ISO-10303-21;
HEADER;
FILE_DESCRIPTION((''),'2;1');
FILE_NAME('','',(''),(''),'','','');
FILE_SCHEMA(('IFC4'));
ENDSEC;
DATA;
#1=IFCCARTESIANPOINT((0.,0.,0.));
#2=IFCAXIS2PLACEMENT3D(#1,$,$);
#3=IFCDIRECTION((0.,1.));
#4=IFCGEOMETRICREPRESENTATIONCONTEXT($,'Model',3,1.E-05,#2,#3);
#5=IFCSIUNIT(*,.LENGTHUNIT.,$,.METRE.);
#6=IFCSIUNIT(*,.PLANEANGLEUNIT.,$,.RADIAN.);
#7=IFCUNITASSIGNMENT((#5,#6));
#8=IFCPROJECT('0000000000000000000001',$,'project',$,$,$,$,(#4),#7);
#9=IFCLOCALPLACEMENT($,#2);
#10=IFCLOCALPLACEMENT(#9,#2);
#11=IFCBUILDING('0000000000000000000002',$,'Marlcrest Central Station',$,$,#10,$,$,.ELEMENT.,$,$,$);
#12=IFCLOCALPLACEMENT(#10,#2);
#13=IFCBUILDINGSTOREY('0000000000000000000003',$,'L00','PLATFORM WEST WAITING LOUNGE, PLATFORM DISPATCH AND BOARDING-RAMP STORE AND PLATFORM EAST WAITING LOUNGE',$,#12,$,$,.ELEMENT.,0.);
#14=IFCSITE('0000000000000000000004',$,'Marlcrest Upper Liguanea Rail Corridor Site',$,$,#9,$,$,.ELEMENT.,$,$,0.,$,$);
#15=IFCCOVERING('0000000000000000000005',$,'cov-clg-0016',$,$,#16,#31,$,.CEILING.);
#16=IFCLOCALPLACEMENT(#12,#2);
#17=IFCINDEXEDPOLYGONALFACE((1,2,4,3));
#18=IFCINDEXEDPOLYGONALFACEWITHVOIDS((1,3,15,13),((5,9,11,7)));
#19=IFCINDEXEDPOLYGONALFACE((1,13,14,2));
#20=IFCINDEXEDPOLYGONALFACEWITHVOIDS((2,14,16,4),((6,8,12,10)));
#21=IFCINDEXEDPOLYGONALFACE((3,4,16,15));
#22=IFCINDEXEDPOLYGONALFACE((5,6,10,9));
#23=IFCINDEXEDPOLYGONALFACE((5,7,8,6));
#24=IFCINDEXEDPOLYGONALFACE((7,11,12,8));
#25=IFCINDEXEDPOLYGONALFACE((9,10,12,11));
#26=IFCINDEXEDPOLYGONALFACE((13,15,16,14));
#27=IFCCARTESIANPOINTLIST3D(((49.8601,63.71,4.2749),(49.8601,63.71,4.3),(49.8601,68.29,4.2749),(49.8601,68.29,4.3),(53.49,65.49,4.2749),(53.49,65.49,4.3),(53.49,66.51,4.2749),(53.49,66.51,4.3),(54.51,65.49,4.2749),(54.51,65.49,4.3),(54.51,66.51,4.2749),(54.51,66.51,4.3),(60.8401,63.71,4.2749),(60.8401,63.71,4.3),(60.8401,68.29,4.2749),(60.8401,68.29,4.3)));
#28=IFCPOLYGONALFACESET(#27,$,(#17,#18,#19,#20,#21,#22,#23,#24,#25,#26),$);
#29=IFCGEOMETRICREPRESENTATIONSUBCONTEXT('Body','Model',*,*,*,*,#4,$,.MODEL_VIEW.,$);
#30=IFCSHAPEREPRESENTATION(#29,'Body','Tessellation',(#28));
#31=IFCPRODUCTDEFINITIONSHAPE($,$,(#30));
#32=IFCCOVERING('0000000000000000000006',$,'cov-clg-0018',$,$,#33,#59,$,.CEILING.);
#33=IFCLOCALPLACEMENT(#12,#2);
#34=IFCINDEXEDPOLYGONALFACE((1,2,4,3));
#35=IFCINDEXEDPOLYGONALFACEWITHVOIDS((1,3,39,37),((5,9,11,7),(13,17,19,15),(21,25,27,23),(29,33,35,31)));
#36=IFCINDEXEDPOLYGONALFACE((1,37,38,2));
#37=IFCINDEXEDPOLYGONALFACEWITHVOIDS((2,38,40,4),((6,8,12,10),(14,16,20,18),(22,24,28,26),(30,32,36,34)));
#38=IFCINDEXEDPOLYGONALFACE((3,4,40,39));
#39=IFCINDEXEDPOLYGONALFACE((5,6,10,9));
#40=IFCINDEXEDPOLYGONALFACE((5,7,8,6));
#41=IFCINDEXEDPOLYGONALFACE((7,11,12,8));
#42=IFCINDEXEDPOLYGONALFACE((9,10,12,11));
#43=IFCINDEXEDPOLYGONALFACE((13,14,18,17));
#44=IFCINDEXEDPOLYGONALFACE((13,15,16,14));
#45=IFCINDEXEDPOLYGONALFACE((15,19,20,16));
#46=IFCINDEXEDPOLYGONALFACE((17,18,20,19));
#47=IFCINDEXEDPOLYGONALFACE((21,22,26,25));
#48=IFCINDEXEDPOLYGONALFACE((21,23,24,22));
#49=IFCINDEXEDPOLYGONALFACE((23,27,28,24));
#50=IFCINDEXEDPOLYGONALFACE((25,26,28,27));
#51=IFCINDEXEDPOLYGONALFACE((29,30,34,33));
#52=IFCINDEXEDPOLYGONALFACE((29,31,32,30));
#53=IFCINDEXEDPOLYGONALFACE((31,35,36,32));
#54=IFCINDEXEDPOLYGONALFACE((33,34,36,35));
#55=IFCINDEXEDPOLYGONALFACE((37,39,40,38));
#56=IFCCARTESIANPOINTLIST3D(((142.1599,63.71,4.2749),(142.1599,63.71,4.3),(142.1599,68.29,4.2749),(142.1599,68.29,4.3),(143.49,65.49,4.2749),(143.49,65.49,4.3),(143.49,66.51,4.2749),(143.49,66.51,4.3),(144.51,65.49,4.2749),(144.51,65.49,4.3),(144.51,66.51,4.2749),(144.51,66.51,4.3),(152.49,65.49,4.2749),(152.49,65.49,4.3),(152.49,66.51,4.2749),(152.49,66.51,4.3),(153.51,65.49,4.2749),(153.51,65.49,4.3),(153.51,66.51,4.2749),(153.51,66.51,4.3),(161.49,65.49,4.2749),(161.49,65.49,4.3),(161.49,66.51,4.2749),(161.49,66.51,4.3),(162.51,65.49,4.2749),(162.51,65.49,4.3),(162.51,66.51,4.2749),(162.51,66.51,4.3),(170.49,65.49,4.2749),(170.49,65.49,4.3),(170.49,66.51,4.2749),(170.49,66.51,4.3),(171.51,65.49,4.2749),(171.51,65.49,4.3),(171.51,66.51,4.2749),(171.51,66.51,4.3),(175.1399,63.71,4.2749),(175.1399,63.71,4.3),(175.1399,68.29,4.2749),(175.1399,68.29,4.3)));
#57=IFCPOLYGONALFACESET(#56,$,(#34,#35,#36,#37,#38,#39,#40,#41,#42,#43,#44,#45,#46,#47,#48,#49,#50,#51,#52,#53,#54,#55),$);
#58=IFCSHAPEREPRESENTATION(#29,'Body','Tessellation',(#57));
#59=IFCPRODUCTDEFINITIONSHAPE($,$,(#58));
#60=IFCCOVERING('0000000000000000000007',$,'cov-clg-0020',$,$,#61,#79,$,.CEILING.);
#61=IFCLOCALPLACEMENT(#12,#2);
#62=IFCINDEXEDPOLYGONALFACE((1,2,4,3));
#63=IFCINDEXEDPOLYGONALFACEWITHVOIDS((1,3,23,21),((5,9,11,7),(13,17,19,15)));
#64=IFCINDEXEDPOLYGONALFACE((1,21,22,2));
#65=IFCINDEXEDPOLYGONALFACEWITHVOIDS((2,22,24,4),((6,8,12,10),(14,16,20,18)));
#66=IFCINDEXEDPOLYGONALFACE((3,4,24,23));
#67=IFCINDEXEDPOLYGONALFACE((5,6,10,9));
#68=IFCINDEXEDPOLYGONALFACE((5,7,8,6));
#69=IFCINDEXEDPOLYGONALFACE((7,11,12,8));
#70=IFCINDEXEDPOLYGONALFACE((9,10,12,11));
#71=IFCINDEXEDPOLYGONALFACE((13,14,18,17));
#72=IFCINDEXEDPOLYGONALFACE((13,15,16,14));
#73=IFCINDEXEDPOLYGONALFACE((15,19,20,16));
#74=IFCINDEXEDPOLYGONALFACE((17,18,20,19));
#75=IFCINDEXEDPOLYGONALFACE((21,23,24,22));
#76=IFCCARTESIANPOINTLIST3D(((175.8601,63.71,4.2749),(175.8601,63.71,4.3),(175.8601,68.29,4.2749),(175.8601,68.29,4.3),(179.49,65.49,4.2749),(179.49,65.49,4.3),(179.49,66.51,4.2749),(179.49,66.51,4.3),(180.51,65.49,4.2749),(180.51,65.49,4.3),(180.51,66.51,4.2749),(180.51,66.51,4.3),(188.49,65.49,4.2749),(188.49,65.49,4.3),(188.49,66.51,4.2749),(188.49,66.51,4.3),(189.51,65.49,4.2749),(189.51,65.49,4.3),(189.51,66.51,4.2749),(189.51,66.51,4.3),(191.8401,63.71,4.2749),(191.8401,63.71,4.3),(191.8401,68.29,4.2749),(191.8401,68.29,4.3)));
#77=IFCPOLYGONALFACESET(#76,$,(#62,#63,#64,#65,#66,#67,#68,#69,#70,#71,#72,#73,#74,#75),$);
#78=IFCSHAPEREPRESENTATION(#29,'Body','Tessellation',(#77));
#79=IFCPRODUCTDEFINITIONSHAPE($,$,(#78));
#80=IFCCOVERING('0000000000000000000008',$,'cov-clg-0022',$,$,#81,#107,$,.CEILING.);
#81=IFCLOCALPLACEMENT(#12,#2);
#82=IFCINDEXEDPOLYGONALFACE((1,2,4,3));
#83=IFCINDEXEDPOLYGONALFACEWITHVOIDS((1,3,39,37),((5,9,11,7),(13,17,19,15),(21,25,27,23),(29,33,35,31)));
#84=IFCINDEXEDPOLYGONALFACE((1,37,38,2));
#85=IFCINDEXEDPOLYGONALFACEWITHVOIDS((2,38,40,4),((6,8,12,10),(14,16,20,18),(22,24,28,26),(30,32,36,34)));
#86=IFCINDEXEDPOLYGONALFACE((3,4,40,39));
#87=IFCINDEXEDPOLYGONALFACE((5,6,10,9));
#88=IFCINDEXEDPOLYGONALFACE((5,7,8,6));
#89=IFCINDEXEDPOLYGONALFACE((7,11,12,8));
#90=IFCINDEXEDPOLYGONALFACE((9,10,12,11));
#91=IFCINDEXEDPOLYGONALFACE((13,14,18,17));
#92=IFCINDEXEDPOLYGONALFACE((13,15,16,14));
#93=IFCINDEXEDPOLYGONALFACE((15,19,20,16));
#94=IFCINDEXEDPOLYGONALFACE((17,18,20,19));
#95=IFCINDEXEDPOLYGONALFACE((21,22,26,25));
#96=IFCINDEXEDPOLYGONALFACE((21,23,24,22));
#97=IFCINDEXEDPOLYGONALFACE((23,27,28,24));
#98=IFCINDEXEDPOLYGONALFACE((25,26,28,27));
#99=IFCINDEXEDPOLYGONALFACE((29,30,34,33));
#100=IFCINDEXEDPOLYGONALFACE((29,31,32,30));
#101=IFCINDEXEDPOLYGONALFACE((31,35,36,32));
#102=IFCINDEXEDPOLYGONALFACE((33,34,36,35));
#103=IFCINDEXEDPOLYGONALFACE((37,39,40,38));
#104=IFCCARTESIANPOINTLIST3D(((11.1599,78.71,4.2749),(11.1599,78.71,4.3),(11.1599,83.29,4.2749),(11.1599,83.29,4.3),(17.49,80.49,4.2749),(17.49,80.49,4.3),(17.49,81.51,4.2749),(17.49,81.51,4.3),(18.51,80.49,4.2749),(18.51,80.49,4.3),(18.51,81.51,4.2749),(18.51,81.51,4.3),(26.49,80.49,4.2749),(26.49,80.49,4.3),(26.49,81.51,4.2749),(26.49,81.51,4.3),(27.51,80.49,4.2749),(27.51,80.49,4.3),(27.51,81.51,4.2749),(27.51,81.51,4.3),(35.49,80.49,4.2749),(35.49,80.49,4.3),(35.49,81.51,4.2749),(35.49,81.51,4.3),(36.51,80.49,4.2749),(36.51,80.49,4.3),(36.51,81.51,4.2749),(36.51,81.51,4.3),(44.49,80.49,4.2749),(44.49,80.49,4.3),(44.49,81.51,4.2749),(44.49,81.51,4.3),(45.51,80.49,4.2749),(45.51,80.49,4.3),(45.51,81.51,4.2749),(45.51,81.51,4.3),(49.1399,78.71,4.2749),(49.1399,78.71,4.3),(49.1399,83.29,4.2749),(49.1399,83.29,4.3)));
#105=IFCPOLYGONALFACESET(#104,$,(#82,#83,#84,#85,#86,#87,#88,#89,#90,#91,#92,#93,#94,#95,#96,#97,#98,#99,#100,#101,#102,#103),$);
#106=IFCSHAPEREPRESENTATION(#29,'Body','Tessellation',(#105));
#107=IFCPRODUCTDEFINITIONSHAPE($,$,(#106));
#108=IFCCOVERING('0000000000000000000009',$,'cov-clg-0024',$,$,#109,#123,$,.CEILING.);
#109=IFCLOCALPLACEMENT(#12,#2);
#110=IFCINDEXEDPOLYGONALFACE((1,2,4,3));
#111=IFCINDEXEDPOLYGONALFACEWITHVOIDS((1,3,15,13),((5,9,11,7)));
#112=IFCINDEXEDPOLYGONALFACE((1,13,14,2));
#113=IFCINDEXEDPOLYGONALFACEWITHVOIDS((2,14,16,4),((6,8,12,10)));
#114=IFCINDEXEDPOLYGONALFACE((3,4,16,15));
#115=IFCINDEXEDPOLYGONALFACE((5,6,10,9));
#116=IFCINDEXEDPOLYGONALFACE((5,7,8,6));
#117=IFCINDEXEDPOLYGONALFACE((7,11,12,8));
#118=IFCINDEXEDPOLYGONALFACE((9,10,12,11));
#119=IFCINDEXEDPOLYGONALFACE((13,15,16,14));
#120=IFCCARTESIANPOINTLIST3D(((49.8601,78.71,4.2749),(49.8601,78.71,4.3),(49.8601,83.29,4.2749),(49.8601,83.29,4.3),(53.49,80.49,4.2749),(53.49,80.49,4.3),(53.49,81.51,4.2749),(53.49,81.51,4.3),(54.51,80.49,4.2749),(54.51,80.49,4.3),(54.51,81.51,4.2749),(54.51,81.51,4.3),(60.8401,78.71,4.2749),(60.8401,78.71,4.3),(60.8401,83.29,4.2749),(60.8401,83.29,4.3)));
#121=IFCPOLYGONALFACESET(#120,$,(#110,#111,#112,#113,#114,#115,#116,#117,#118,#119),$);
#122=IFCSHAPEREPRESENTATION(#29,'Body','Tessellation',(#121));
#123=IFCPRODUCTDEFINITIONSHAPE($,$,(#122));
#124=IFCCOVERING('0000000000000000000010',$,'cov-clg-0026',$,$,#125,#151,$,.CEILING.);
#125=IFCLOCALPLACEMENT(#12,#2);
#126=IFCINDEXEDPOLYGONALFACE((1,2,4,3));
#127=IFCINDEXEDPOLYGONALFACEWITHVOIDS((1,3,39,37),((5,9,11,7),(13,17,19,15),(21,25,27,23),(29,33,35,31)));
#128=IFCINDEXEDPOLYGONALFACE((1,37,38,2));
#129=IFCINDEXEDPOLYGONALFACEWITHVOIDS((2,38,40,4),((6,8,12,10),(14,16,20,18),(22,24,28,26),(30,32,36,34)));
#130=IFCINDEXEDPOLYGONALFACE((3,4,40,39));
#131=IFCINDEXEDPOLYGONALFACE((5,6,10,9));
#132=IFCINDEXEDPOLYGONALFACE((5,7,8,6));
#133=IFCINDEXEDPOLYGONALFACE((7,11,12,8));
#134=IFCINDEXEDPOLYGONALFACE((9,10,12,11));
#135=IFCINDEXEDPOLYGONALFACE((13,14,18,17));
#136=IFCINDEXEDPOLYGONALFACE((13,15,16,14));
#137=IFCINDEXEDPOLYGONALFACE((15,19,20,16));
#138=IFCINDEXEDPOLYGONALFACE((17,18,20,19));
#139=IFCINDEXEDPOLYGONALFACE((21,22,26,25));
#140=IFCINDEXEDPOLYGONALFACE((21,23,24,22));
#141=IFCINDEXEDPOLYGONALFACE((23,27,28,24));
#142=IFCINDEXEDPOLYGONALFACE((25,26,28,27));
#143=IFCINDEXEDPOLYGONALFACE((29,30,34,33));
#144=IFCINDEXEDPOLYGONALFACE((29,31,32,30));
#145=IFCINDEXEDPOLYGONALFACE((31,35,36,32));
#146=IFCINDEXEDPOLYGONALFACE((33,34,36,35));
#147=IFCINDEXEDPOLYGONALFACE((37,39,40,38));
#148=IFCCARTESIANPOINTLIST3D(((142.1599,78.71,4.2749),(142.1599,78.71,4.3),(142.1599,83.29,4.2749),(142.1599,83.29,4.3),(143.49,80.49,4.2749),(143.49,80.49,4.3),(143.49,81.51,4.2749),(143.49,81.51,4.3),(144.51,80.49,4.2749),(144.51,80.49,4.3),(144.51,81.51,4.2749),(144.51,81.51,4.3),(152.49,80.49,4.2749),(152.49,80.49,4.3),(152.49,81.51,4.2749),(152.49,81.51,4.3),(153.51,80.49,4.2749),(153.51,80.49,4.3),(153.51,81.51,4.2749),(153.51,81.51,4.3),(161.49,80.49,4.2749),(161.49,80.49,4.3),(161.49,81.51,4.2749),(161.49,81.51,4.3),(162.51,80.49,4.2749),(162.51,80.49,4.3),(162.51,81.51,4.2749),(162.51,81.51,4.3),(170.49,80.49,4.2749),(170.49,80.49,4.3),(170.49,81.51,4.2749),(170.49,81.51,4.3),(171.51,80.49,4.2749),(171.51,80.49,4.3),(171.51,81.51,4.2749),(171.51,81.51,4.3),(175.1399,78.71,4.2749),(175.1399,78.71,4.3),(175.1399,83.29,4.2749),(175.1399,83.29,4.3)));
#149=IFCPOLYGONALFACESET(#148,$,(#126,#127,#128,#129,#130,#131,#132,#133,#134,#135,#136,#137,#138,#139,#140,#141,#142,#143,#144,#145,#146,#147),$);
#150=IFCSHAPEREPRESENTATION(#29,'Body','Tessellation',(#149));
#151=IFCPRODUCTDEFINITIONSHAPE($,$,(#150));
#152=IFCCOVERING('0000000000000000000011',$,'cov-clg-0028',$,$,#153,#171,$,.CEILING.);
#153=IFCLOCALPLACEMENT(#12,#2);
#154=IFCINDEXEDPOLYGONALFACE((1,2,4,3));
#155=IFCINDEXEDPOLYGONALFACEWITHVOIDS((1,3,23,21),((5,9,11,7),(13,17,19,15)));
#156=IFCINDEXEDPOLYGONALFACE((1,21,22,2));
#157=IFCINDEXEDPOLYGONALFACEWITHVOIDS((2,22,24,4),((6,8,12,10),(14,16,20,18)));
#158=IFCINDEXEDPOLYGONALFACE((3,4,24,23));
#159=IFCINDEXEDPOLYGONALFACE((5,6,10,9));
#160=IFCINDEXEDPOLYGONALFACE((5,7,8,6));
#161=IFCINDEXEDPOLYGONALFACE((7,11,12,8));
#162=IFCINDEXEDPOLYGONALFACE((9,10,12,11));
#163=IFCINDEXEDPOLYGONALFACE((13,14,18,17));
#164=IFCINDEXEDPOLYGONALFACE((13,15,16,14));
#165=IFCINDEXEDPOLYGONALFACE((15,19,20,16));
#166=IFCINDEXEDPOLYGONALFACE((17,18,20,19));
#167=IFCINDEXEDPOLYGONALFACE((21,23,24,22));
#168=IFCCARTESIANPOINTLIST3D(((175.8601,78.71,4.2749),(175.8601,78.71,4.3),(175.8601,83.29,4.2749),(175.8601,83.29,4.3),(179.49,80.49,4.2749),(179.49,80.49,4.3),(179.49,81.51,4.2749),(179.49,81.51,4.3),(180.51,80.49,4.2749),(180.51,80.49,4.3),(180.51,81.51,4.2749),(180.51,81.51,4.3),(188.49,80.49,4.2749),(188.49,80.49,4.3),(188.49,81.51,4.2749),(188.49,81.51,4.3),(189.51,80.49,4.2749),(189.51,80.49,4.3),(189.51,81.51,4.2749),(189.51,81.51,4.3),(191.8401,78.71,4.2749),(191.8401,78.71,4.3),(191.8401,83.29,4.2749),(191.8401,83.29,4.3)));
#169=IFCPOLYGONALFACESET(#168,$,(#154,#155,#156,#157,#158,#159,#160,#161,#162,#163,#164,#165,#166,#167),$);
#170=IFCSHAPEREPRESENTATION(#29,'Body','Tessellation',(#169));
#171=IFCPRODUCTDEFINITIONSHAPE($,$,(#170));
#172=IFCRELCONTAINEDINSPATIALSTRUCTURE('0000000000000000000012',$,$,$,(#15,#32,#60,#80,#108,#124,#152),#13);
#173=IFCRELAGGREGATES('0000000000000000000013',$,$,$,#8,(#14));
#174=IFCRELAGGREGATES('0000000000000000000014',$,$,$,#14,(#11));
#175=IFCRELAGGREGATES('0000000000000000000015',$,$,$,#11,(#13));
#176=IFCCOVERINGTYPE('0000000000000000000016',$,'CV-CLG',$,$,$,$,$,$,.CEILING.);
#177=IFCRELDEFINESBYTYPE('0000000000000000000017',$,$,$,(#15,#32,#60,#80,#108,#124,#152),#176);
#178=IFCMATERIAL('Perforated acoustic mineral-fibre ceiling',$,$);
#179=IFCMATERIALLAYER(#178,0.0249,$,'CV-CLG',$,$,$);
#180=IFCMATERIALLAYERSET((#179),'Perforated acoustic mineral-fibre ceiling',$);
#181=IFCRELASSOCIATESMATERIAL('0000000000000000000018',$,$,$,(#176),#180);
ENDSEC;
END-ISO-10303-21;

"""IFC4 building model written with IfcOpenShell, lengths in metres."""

from ifc_helpers import new_model, si_unit, direction, frame, origin, place, context, subcontext, project, spatial, polyline, outline, extrude, material, layer, layer_set, type_object, element, save


model = new_model("IFC4")

# Units and contexts
model_context = context("Model", 3, precision=1e-05, world=origin(), true_north=direction((0.0, 1.0)))
body_context = subcontext(model_context, "Body", "Model", "MODEL_VIEW")
ifc_project = project(units=[si_unit("LENGTHUNIT", "METRE"), si_unit("PLANEANGLEUNIT", "RADIAN")], contexts=[model_context])

# Site, building, storey
site_placement = place(None, origin())
site = spatial("IfcSite", under=ifc_project, at=site_placement, Name="Marlcrest Upper Liguanea Rail Corridor Site", CompositionType="ELEMENT", RefElevation=0.0)
building_placement = place(site_placement, origin())
building = spatial("IfcBuilding", under=site, at=building_placement, Name="Marlcrest Central Station", CompositionType="ELEMENT")
storey_placement = place(building_placement, origin())
storey = spatial("IfcBuildingStorey", under=building, at=storey_placement, Name="L00", Description="PLATFORM WEST WAITING LOUNGE, PLATFORM DISPATCH AND BOARDING-RAMP STORE AND PLATFORM EAST WAITING LOUNGE", CompositionType="ELEMENT", Elevation=0.0)

# Coverings
ifc_material_1 = material(Name="Perforated acoustic mineral-fibre ceiling")
ifc_layer_1 = layer(ifc_material_1, 0.0249, Name="CV-CLG")
ifc_layer_set_1 = layer_set([ifc_layer_1], Name="Perforated acoustic mineral-fibre ceiling")
covering_type_1 = type_object("IfcCoveringType", Name="CV-CLG", PredefinedType="CEILING", material=ifc_layer_set_1)
covering_1_placement = place(storey_placement, frame((0.0, 0.0, 4.2749)))
element("IfcCovering", 1, at=covering_1_placement, inside=storey, type_object=covering_type_1, Name="cov-clg-0016", PredefinedType="CEILING", context=body_context, shape_type="SweptSolid", body=[
    extrude(outline(polyline([(49.8601, 63.71), (49.8601, 68.29), (60.8401, 68.29), (60.8401, 63.71), (49.8601, 63.71)]), holes=[polyline([(54.51, 66.51), (53.49, 66.51), (53.49, 65.49), (54.51, 65.49), (54.51, 66.51)])]), origin(), (0.0, 0.0, 1.0), 0.0251),
])
covering_2_placement = place(storey_placement, frame((0.0, 0.0, 4.2749)))
element("IfcCovering", 2, at=covering_2_placement, inside=storey, type_object=covering_type_1, Name="cov-clg-0018", PredefinedType="CEILING", context=body_context, shape_type="SweptSolid", body=[
    extrude(outline(polyline([(175.1399, 63.71), (142.1599, 63.71), (142.1599, 68.29), (175.1399, 68.29), (175.1399, 63.71)]), holes=[polyline([(144.51, 65.49), (144.51, 66.51), (143.49, 66.51), (143.49, 65.49), (144.51, 65.49)]), polyline([(152.49, 65.49), (153.51, 65.49), (153.51, 66.51), (152.49, 66.51), (152.49, 65.49)]), polyline([(161.49, 66.51), (161.49, 65.49), (162.51, 65.49), (162.51, 66.51), (161.49, 66.51)]), polyline([(171.51, 66.51), (170.49, 66.51), (170.49, 65.49), (171.51, 65.49), (171.51, 66.51)])]), origin(), (0.0, 0.0, 1.0), 0.0251),
])
covering_3_placement = place(storey_placement, frame((0.0, 0.0, 4.2749)))
element("IfcCovering", 3, at=covering_3_placement, inside=storey, type_object=covering_type_1, Name="cov-clg-0020", PredefinedType="CEILING", context=body_context, shape_type="SweptSolid", body=[
    extrude(outline(polyline([(175.8601, 68.29), (191.8401, 68.29), (191.8401, 63.71), (175.8601, 63.71), (175.8601, 68.29)]), holes=[polyline([(179.49, 66.51), (179.49, 65.49), (180.51, 65.49), (180.51, 66.51), (179.49, 66.51)]), polyline([(189.51, 66.51), (188.49, 66.51), (188.49, 65.49), (189.51, 65.49), (189.51, 66.51)])]), origin(), (0.0, 0.0, 1.0), 0.0251),
])
covering_4_placement = place(storey_placement, frame((0.0, 0.0, 4.2749)))
element("IfcCovering", 4, at=covering_4_placement, inside=storey, type_object=covering_type_1, Name="cov-clg-0022", PredefinedType="CEILING", context=body_context, shape_type="SweptSolid", body=[
    extrude(outline(polyline([(49.1399, 78.71), (11.1599, 78.71), (11.1599, 83.29), (49.1399, 83.29), (49.1399, 78.71)]), holes=[polyline([(18.51, 80.49), (18.51, 81.51), (17.49, 81.51), (17.49, 80.49), (18.51, 80.49)]), polyline([(26.49, 80.49), (27.51, 80.49), (27.51, 81.51), (26.49, 81.51), (26.49, 80.49)]), polyline([(35.49, 81.51), (35.49, 80.49), (36.51, 80.49), (36.51, 81.51), (35.49, 81.51)]), polyline([(45.51, 81.51), (44.49, 81.51), (44.49, 80.49), (45.51, 80.49), (45.51, 81.51)])]), origin(), (0.0, 0.0, 1.0), 0.0251),
])
covering_5_placement = place(storey_placement, frame((0.0, 0.0, 4.2749)))
element("IfcCovering", 5, at=covering_5_placement, inside=storey, type_object=covering_type_1, Name="cov-clg-0024", PredefinedType="CEILING", context=body_context, shape_type="SweptSolid", body=[
    extrude(outline(polyline([(49.8601, 78.71), (49.8601, 83.29), (60.8401, 83.29), (60.8401, 78.71), (49.8601, 78.71)]), holes=[polyline([(54.51, 81.51), (53.49, 81.51), (53.49, 80.49), (54.51, 80.49), (54.51, 81.51)])]), origin(), (0.0, 0.0, 1.0), 0.0251),
])
covering_6_placement = place(storey_placement, frame((0.0, 0.0, 4.2749)))
element("IfcCovering", 6, at=covering_6_placement, inside=storey, type_object=covering_type_1, Name="cov-clg-0026", PredefinedType="CEILING", context=body_context, shape_type="SweptSolid", body=[
    extrude(outline(polyline([(175.1399, 78.71), (142.1599, 78.71), (142.1599, 83.29), (175.1399, 83.29), (175.1399, 78.71)]), holes=[polyline([(144.51, 80.49), (144.51, 81.51), (143.49, 81.51), (143.49, 80.49), (144.51, 80.49)]), polyline([(152.49, 80.49), (153.51, 80.49), (153.51, 81.51), (152.49, 81.51), (152.49, 80.49)]), polyline([(161.49, 81.51), (161.49, 80.49), (162.51, 80.49), (162.51, 81.51), (161.49, 81.51)]), polyline([(171.51, 81.51), (170.49, 81.51), (170.49, 80.49), (171.51, 80.49), (171.51, 81.51)])]), origin(), (0.0, 0.0, 1.0), 0.0251),
])
covering_7_placement = place(storey_placement, frame((0.0, 0.0, 4.2749)))
element("IfcCovering", 7, at=covering_7_placement, inside=storey, type_object=covering_type_1, Name="cov-clg-0028", PredefinedType="CEILING", context=body_context, shape_type="SweptSolid", body=[
    extrude(outline(polyline([(175.8601, 83.29), (191.8401, 83.29), (191.8401, 78.71), (175.8601, 78.71), (175.8601, 83.29)]), holes=[polyline([(179.49, 81.51), (179.49, 80.49), (180.51, 80.49), (180.51, 81.51), (179.49, 81.51)]), polyline([(189.51, 81.51), (188.49, 81.51), (188.49, 80.49), (189.51, 80.49), (189.51, 81.51)])]), origin(), (0.0, 0.0, 1.0), 0.0251),
])

save(model, "model.ifc")
